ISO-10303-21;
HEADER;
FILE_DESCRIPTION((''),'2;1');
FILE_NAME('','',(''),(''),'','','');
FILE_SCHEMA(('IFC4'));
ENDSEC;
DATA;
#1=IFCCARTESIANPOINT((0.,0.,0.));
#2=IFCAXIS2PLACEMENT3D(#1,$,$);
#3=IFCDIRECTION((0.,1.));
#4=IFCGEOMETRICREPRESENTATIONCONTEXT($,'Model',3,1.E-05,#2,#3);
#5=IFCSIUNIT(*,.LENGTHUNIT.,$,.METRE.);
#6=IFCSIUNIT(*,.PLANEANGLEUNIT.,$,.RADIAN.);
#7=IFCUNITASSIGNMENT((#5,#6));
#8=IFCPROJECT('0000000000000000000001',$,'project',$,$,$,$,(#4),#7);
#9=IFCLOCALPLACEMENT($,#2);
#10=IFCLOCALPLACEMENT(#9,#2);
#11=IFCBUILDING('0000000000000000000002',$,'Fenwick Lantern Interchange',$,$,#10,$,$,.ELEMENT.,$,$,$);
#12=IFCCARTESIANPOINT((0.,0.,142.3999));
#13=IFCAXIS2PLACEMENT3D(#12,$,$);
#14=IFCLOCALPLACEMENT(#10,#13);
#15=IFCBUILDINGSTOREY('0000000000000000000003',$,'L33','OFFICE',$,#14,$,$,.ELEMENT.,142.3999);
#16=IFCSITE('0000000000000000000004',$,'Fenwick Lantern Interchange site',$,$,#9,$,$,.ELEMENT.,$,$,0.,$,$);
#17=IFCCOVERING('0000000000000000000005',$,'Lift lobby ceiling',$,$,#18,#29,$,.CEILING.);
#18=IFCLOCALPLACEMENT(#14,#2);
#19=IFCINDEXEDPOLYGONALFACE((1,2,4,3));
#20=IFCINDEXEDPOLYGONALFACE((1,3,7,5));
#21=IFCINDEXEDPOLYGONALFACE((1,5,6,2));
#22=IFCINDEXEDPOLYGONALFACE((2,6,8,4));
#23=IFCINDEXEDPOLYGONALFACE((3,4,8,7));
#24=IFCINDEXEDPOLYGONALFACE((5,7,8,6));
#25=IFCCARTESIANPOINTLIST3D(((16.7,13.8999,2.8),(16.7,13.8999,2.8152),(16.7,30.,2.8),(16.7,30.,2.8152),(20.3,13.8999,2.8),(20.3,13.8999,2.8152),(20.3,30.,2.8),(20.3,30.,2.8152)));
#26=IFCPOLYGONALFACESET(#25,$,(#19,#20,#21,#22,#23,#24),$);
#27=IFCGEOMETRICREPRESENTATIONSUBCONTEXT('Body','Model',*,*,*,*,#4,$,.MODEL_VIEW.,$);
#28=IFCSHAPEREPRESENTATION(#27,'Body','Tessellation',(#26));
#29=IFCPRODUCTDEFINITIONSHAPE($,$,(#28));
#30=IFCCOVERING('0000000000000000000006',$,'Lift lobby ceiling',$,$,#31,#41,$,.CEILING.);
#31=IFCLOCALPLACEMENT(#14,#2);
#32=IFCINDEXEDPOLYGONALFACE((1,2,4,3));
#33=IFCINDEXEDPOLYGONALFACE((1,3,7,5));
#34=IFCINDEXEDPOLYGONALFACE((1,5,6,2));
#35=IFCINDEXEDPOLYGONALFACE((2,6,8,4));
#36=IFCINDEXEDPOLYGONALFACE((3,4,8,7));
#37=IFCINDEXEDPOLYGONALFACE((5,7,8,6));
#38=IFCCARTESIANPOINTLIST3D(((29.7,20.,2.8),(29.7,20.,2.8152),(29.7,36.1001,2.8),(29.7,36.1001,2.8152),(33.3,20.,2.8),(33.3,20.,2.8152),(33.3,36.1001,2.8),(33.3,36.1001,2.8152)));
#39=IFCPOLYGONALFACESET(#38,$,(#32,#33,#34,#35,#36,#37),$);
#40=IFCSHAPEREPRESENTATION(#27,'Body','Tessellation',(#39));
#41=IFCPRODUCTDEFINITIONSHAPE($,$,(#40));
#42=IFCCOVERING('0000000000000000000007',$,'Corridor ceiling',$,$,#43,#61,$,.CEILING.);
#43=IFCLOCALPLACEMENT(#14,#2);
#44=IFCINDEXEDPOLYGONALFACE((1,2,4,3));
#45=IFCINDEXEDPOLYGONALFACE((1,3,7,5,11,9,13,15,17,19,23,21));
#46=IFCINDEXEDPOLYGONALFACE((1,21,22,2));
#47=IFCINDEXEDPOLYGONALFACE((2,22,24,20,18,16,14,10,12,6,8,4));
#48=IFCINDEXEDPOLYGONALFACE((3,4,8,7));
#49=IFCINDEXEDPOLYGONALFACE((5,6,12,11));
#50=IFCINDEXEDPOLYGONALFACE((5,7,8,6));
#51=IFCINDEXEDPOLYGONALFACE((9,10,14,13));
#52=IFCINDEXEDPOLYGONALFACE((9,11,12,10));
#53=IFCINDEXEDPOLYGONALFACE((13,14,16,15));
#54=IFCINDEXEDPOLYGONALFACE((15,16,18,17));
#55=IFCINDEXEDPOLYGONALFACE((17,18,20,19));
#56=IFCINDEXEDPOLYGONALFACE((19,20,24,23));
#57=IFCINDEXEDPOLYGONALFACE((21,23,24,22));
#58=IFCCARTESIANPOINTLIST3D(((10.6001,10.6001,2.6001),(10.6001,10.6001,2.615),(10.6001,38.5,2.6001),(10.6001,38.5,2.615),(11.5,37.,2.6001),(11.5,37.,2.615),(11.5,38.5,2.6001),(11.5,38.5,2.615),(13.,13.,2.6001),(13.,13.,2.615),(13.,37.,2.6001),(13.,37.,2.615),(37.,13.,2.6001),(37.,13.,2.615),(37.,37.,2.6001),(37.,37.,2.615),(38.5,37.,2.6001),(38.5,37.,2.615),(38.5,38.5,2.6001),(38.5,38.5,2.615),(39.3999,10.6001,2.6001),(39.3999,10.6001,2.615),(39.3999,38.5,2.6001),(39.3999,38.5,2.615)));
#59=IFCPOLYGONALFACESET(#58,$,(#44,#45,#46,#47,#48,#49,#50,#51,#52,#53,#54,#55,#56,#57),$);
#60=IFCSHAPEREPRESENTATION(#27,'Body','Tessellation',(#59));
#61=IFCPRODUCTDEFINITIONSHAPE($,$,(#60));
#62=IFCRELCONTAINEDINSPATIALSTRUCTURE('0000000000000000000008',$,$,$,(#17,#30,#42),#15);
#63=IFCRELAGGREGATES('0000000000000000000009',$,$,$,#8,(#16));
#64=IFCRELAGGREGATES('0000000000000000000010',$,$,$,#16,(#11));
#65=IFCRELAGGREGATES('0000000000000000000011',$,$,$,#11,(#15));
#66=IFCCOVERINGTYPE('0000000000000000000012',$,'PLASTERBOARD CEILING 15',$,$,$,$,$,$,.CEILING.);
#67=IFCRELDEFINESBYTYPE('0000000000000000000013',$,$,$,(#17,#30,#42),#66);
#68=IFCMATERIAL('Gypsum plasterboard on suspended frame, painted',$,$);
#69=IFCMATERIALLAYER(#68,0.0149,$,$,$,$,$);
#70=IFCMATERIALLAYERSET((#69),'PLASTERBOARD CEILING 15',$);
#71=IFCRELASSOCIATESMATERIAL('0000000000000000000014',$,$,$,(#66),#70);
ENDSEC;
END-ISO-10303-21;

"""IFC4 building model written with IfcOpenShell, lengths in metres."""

from ifc_helpers import new_model, si_unit, direction, frame, origin, place, context, subcontext, project, spatial, polyline, outline, extrude, material, layer, layer_set, type_object, element, save


model = new_model("IFC4")

# Units and contexts
model_context = context("Model", 3, precision=1e-05, world=origin(), true_north=direction((0.0, 1.0)))
body_context = subcontext(model_context, "Body", "Model", "MODEL_VIEW")
ifc_project = project(units=[si_unit("LENGTHUNIT", "METRE"), si_unit("PLANEANGLEUNIT", "RADIAN")], contexts=[model_context])

# Site, building, storey
site_placement = place(None, origin())
site = spatial("IfcSite", under=ifc_project, at=site_placement, Name="Fenwick Lantern Interchange site", CompositionType="ELEMENT", RefElevation=0.0)
building_placement = place(site_placement, origin())
building = spatial("IfcBuilding", under=site, at=building_placement, Name="Fenwick Lantern Interchange", CompositionType="ELEMENT")
storey_placement = place(building_placement, frame((0.0, 0.0, 142.3999)))
storey = spatial("IfcBuildingStorey", under=building, at=storey_placement, Name="L33", Description="OFFICE", CompositionType="ELEMENT", Elevation=142.3999)

# Coverings
ifc_material_1 = material(Name="Gypsum plasterboard on suspended frame, painted")
ifc_layer_1 = layer(ifc_material_1, 0.0149)
ifc_layer_set_1 = layer_set([ifc_layer_1], Name="PLASTERBOARD CEILING 15")
covering_type_1 = type_object("IfcCoveringType", Name="PLASTERBOARD CEILING 15", PredefinedType="CEILING", material=ifc_layer_set_1)
covering_1_placement = place(storey_placement, frame((0.0, 0.0, 2.8)))
element("IfcCovering", 1, at=covering_1_placement, inside=storey, type_object=covering_type_1, Name="Lift lobby ceiling", PredefinedType="CEILING", context=body_context, shape_type="SweptSolid", body=[
    extrude(outline(polyline([(16.7, 13.8999), (20.3, 13.8999), (20.3, 30.0), (16.7, 30.0), (16.7, 13.8999)])), origin(), (0.0, 0.0, 1.0), 0.0151),
])
covering_2_placement = place(storey_placement, frame((0.0, 0.0, 2.8)))
element("IfcCovering", 2, at=covering_2_placement, inside=storey, type_object=covering_type_1, Name="Lift lobby ceiling", PredefinedType="CEILING", context=body_context, shape_type="SweptSolid", body=[
    extrude(outline(polyline([(33.3, 36.1001), (29.7, 36.1001), (29.7, 20.0), (33.3, 20.0), (33.3, 36.1001)])), origin(), (0.0, 0.0, 1.0), 0.0151),
])
covering_3_placement = place(storey_placement, frame((0.0, 0.0, 2.6001)))
element("IfcCovering", 3, at=covering_3_placement, inside=storey, type_object=covering_type_1, Name="Corridor ceiling", PredefinedType="CEILING", context=body_context, shape_type="SweptSolid", body=[
    extrude(outline(polyline([(10.6001, 38.5), (10.6001, 10.6001), (39.3999, 10.6001), (39.3999, 38.5), (38.5, 38.5), (38.5, 37.0), (37.0, 37.0), (37.0, 13.0), (13.0, 13.0), (13.0, 37.0), (11.5, 37.0), (11.5, 38.5), (10.6001, 38.5)])), origin(), (0.0, 0.0, 1.0), 0.0149),
])

save(model, "model.ifc")
